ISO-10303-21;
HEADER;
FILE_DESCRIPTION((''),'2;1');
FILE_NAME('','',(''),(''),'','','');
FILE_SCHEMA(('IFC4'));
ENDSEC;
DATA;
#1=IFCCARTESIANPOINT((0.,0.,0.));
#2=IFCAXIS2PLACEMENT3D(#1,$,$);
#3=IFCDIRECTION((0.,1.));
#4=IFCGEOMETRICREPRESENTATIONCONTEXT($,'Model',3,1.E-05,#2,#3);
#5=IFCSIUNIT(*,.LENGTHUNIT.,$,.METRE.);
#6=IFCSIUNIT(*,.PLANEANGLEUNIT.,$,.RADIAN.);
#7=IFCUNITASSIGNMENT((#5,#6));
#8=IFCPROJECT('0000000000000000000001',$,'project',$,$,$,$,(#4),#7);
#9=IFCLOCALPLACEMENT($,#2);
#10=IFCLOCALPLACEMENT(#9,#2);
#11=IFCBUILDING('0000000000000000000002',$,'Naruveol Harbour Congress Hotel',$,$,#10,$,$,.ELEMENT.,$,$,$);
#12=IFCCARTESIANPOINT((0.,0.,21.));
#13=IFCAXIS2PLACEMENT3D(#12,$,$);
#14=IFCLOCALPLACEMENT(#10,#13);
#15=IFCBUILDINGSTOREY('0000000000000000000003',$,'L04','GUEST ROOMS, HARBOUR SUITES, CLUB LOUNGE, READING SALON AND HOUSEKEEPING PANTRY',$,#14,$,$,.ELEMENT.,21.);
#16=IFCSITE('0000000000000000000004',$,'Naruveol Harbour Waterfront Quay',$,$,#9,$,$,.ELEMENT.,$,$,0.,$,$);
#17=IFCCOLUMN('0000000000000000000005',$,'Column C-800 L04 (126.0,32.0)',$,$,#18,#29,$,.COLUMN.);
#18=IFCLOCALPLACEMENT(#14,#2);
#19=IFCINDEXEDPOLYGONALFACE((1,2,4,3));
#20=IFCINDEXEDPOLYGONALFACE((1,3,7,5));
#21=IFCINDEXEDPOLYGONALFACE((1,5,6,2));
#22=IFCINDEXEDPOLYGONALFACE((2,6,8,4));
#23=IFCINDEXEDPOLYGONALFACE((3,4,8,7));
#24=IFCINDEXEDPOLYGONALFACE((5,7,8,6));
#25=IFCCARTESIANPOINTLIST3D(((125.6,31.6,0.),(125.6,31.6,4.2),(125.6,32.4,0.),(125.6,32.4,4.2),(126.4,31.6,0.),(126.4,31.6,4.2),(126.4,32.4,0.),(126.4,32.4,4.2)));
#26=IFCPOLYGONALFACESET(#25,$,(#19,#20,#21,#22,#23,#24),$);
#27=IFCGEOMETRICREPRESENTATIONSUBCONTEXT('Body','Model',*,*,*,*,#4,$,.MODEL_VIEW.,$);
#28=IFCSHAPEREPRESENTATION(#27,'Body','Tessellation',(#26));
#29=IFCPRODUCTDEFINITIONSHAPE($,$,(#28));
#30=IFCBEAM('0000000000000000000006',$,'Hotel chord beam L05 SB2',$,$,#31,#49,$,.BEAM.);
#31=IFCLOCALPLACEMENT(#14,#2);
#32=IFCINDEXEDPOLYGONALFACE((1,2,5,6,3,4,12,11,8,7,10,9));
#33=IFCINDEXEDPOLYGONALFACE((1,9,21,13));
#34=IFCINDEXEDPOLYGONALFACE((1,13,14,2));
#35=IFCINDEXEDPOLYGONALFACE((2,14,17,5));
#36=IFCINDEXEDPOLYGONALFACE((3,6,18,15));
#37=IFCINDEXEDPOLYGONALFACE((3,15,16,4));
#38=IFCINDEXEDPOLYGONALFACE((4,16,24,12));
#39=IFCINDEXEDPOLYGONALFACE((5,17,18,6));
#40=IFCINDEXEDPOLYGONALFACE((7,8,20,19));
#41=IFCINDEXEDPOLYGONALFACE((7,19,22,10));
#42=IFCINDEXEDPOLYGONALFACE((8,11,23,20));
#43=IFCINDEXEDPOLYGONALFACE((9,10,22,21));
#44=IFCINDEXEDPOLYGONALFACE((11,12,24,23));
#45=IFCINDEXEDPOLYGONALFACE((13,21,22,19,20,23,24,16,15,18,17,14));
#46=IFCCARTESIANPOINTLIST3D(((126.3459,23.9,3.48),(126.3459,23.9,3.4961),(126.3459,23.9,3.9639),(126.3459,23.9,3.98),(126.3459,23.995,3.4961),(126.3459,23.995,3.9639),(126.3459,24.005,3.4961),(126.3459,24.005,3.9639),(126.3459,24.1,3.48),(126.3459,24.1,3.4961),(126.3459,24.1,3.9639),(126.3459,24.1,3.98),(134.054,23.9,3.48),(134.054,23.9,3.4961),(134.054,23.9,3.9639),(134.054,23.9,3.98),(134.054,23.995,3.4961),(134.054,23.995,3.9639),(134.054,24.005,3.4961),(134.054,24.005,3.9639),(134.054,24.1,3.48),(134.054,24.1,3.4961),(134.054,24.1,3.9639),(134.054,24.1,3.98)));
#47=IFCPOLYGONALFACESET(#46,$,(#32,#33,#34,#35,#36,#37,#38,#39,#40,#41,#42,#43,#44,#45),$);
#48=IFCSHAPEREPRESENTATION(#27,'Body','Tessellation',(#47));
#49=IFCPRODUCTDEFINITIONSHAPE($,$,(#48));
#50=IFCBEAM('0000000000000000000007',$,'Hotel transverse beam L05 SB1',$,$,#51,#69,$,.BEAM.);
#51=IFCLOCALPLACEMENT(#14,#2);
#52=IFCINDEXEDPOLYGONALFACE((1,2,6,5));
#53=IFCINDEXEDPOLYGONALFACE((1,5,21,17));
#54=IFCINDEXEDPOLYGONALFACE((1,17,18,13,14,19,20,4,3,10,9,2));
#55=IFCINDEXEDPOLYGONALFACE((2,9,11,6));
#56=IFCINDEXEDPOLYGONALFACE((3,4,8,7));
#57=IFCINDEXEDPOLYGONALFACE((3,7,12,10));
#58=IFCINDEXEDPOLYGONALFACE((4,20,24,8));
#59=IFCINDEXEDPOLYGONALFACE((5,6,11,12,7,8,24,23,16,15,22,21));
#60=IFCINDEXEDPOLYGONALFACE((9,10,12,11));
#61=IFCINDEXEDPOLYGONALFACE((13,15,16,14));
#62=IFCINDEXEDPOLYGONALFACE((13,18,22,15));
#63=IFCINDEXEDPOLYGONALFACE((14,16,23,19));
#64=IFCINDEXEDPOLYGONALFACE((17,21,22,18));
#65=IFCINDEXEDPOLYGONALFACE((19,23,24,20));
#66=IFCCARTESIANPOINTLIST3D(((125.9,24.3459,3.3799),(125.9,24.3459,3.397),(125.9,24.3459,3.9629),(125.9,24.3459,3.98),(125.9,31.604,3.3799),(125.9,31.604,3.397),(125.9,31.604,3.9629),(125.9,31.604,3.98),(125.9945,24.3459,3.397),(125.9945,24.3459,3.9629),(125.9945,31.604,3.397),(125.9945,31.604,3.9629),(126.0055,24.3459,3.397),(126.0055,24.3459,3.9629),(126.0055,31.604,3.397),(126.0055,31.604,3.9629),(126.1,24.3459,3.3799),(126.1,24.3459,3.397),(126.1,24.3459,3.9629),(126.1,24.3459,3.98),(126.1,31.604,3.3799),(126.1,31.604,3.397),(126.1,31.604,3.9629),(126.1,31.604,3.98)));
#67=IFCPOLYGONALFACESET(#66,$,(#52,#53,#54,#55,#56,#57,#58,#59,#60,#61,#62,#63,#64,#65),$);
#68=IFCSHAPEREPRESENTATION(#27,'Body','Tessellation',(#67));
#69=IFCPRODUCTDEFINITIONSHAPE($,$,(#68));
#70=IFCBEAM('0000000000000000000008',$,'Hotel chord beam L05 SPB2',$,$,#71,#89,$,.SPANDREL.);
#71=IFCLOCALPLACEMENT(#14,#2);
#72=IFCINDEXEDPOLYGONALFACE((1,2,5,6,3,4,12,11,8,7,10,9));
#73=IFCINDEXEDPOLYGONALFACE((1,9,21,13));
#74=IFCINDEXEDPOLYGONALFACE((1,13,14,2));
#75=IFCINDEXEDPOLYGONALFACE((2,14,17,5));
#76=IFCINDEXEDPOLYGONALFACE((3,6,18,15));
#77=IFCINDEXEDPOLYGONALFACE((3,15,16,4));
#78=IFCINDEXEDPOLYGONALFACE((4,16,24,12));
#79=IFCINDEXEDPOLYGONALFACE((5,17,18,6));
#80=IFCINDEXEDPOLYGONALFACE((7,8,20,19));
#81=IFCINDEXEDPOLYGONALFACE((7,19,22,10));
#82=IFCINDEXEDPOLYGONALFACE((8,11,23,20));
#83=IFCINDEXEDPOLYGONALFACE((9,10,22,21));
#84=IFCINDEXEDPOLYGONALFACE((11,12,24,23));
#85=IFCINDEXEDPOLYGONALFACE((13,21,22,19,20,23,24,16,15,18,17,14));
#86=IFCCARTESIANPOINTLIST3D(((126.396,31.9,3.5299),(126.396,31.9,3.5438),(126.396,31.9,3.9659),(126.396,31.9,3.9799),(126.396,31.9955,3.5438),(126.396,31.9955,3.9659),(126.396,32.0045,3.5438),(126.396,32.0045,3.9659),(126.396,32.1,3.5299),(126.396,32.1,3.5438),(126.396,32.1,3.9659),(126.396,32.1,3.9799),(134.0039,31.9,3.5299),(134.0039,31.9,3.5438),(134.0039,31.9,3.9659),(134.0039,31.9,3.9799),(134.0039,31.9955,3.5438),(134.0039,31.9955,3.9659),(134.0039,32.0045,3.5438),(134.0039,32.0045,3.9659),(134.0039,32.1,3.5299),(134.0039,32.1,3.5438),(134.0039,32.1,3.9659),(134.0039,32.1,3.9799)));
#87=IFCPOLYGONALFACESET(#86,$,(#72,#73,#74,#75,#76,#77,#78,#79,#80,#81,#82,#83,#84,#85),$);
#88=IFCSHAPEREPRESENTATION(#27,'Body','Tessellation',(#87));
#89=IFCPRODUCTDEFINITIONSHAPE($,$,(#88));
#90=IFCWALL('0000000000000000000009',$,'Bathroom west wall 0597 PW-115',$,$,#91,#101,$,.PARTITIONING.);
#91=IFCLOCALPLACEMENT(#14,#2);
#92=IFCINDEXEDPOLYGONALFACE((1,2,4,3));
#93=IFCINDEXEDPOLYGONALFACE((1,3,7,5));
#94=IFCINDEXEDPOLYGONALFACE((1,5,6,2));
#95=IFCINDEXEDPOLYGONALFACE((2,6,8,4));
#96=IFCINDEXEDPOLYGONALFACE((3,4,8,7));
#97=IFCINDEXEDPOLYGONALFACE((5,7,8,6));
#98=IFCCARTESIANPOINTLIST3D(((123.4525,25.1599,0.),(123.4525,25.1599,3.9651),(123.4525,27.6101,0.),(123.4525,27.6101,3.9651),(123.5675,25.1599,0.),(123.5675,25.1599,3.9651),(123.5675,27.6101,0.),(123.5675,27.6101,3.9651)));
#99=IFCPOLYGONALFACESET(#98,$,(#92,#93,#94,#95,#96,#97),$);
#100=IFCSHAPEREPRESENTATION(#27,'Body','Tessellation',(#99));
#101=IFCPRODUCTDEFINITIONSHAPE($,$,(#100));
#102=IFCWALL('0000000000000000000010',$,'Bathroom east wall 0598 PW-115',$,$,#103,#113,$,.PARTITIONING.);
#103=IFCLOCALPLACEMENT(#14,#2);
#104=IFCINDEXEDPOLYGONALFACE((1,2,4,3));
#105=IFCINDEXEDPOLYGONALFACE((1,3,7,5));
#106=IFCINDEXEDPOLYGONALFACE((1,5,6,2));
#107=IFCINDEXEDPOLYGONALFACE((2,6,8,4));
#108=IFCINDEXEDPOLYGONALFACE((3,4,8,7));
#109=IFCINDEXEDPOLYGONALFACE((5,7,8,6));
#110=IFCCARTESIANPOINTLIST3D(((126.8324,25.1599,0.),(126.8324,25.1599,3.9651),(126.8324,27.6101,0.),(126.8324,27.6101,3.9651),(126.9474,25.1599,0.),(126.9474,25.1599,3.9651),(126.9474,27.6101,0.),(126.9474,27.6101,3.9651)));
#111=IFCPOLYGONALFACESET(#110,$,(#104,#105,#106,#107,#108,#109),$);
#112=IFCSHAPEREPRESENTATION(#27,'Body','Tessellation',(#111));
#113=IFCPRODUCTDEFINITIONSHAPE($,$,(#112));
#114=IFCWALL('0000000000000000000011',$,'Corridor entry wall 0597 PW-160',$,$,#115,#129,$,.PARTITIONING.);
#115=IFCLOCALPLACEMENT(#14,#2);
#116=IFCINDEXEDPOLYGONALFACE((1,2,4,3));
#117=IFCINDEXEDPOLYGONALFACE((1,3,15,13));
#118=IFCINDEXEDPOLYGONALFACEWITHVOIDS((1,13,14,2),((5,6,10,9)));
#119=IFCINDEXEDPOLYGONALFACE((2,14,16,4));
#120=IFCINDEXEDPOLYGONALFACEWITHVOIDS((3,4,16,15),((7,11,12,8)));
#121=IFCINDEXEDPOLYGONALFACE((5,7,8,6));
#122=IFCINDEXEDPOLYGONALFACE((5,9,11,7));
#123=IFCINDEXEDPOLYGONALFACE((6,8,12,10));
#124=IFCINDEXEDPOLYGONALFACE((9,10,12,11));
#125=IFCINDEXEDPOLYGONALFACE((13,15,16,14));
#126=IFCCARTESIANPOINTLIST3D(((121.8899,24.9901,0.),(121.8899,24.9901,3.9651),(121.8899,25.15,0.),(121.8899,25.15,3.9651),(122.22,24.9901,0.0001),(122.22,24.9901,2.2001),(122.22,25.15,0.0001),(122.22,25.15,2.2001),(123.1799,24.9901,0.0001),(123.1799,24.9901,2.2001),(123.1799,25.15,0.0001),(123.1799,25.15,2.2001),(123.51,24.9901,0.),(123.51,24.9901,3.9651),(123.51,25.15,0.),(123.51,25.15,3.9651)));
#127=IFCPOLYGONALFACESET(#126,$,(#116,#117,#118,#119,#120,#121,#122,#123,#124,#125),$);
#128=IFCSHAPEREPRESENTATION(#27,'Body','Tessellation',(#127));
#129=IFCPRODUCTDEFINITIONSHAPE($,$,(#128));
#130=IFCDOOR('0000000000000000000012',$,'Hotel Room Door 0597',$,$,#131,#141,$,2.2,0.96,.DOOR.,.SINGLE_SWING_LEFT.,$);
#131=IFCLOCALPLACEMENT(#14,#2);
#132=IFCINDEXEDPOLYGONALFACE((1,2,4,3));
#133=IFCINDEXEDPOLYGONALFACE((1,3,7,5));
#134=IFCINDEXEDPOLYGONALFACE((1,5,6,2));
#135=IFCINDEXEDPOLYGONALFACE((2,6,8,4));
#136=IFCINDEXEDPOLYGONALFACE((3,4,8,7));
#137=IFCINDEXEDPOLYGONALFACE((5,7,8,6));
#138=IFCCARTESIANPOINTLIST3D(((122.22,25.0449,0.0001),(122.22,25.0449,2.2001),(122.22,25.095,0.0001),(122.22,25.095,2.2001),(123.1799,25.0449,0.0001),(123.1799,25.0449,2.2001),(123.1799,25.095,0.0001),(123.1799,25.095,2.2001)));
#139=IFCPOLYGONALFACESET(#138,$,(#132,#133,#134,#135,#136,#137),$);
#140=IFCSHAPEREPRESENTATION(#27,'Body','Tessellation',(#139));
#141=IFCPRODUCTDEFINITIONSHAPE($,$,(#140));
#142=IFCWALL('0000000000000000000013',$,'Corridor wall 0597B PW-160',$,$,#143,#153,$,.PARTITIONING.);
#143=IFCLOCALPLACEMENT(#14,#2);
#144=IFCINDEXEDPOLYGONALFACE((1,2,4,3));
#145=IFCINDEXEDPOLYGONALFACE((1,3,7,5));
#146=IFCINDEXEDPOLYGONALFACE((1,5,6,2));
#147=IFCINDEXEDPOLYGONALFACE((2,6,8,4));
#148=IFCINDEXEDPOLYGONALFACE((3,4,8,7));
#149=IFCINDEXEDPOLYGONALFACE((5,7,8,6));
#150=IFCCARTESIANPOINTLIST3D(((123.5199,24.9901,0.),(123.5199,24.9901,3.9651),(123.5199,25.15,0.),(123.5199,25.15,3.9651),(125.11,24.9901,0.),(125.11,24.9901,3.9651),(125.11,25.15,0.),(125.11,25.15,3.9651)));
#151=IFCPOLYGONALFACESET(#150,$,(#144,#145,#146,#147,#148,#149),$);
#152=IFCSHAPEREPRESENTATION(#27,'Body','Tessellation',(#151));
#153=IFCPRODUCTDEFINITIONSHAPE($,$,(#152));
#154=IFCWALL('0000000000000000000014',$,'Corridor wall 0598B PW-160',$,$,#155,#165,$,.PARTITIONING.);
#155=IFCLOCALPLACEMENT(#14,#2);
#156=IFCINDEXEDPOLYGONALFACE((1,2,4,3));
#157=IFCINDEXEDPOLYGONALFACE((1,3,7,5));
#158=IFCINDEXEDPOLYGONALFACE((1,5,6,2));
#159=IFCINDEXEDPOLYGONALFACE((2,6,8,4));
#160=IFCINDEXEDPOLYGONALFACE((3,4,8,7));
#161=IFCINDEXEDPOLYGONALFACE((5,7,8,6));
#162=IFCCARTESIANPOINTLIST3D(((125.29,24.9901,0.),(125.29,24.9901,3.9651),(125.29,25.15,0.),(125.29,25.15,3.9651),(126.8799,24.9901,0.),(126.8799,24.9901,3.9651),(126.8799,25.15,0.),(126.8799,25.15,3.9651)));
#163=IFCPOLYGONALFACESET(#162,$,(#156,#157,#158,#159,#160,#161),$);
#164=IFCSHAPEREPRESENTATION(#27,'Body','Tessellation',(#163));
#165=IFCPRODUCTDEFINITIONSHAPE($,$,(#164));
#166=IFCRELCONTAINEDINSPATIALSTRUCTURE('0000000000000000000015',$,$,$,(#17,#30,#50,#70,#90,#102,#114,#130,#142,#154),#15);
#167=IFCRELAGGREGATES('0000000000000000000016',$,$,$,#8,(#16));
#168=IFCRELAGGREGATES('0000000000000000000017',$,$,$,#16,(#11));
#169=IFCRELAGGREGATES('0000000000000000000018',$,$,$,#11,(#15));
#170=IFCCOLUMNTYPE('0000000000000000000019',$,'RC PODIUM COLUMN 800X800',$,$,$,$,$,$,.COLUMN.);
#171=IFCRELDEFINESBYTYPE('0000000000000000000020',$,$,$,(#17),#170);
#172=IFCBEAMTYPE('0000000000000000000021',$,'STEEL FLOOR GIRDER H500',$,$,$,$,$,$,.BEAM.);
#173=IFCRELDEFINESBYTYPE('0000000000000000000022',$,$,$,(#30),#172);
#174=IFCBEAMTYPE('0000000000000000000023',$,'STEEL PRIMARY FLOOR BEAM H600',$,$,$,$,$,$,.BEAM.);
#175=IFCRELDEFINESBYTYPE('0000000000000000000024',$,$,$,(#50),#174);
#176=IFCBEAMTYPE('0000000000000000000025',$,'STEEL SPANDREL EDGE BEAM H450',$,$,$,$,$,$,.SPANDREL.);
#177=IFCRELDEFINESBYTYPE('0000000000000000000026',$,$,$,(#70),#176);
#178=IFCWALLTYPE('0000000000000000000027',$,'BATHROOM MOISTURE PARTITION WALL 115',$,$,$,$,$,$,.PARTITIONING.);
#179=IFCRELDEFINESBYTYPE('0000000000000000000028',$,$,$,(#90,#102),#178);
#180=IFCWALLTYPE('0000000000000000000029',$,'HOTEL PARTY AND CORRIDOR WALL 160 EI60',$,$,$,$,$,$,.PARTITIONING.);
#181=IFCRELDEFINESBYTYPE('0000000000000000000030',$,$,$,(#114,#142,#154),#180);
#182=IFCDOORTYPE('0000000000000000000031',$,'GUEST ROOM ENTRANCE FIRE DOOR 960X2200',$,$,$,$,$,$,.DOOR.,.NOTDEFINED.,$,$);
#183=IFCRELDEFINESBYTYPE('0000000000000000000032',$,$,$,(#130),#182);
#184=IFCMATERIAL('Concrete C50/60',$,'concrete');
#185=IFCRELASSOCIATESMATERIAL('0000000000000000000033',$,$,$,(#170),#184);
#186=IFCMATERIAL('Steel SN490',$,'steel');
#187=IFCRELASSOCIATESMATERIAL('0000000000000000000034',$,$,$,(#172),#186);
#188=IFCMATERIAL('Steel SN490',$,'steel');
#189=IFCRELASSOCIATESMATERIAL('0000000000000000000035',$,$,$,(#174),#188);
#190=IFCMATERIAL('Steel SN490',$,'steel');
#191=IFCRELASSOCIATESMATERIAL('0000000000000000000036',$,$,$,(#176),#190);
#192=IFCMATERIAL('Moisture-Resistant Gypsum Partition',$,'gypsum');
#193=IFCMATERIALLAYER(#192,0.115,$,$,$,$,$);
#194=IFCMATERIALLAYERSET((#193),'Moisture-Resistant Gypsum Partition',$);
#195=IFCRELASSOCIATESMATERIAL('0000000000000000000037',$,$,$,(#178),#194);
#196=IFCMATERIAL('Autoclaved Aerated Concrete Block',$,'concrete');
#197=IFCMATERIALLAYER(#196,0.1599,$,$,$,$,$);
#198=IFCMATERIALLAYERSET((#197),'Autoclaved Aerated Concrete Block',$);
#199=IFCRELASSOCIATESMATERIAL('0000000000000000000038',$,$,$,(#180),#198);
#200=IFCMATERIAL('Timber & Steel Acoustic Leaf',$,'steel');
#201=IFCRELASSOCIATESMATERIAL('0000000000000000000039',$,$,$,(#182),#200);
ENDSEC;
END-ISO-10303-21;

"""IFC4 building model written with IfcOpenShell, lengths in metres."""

from ifc_helpers import new_model, si_unit, direction, frame, frame_2d, origin, origin_2d, place, context, subcontext, project, spatial, rectangle, i_section, extrude, material, layer, layer_set, material_profile, profile_set, type_object, element, fill, save


model = new_model("IFC4")

# Units and contexts
model_context = context("Model", 3, precision=1e-05, world=origin(), true_north=direction((0.0, 1.0)))
body_context = subcontext(model_context, "Body", "Model", "MODEL_VIEW")
ifc_project = project(units=[si_unit("LENGTHUNIT", "METRE"), si_unit("PLANEANGLEUNIT", "RADIAN")], contexts=[model_context])

# Site, building, storey
site_placement = place(None, origin())
site = spatial("IfcSite", under=ifc_project, at=site_placement, Name="Naruveol Harbour Waterfront Quay", CompositionType="ELEMENT", RefElevation=0.0)
building_placement = place(site_placement, origin())
building = spatial("IfcBuilding", under=site, at=building_placement, Name="Naruveol Harbour Congress Hotel", CompositionType="ELEMENT")
storey_placement = place(building_placement, frame((0.0, 0.0, 21.0)))
storey = spatial("IfcBuildingStorey", under=building, at=storey_placement, Name="L04", Description="GUEST ROOMS, HARBOUR SUITES, CLUB LOUNGE, READING SALON AND HOUSEKEEPING PANTRY", CompositionType="ELEMENT", Elevation=21.0)

# Column
ifc_material_1 = material(Name="Concrete C50/60", Category="concrete")
ifc_material_profile_1 = material_profile(ifc_material_1, rectangle(XDim=0.8, YDim=0.8, at=origin_2d()), Name="RC-800x800")
ifc_profile_set_1 = profile_set([ifc_material_profile_1], Name="Concrete C50/60")
column_type = type_object("IfcColumnType", Name="RC PODIUM COLUMN 800X800", PredefinedType="COLUMN", material=ifc_profile_set_1)
column_placement = place(storey_placement, frame((126.0, 32.0, 0.0), z_axis=(0.0, 0.0, 1.0), x_axis=(1.0, 0.0, 0.0)))
element("IfcColumn", 1, at=column_placement, inside=storey, type_object=column_type, Name="Column C-800 L04 (126.0,32.0)", PredefinedType="COLUMN", context=body_context, shape_type="SweptSolid", body=[
    extrude(rectangle(XDim=0.8, YDim=0.8, at=origin_2d()), origin(), (0.0, 0.0, 1.0), 4.2),
])

# Beams
ifc_material_2 = material(Name="Steel SN490", Category="steel")
ifc_material_profile_2 = material_profile(ifc_material_2, i_section(OverallWidth=0.2, OverallDepth=0.5, WebThickness=0.01, FlangeThickness=0.0161, at=origin_2d()), Name="H-500x200x10x16")
ifc_profile_set_2 = profile_set([ifc_material_profile_2], Name="Steel SN490")
beam_type_1 = type_object("IfcBeamType", Name="STEEL FLOOR GIRDER H500", PredefinedType="BEAM", material=ifc_profile_set_2)
beam_1_placement = place(storey_placement, frame((126.3459, 24.0, 3.73), z_axis=(1.0, 0.0, 0.0), x_axis=(0.0, 1.0, 0.0)))
element("IfcBeam", 2, at=beam_1_placement, inside=storey, type_object=beam_type_1, Name="Hotel chord beam L05 SB2", PredefinedType="BEAM", context=body_context, shape_type="SweptSolid", body=[
    extrude(i_section(OverallWidth=0.2, OverallDepth=0.5, WebThickness=0.01, FlangeThickness=0.0161, at=origin_2d()), origin(), (0.0, 0.0, 1.0), 7.708),
])
ifc_material_3 = material(Name="Steel SN490", Category="steel")
ifc_material_profile_3 = material_profile(ifc_material_3, i_section(OverallWidth=0.2, OverallDepth=0.6001, WebThickness=0.011, FlangeThickness=0.0171, at=origin_2d()), Name="H-600x200x11x17")
ifc_profile_set_3 = profile_set([ifc_material_profile_3], Name="Steel SN490")
beam_type_2 = type_object("IfcBeamType", Name="STEEL PRIMARY FLOOR BEAM H600", PredefinedType="BEAM", material=ifc_profile_set_3)
beam_2_placement = place(storey_placement, frame((126.0, 24.3459, 3.6799), z_axis=(0.0, 1.0, 0.0), x_axis=(-1.0, 0.0, 0.0)))
element("IfcBeam", 3, at=beam_2_placement, inside=storey, type_object=beam_type_2, Name="Hotel transverse beam L05 SB1", PredefinedType="BEAM", context=body_context, shape_type="SweptSolid", body=[
    extrude(i_section(OverallWidth=0.2, OverallDepth=0.6001, WebThickness=0.011, FlangeThickness=0.0171, at=origin_2d()), origin(), (0.0, 0.0, 1.0), 7.2581),
])
ifc_material_4 = material(Name="Steel SN490", Category="steel")
ifc_material_profile_4 = material_profile(ifc_material_4, i_section(OverallWidth=0.2, OverallDepth=0.45, WebThickness=0.009, FlangeThickness=0.0139, at=origin_2d()), Name="H-450x200x9x14")
ifc_profile_set_4 = profile_set([ifc_material_profile_4], Name="Steel SN490")
beam_type_3 = type_object("IfcBeamType", Name="STEEL SPANDREL EDGE BEAM H450", PredefinedType="SPANDREL", material=ifc_profile_set_4)
beam_3_placement = place(storey_placement, frame((126.396, 32.0, 3.7549), z_axis=(1.0, 0.0, 0.0), x_axis=(0.0, 1.0, 0.0)))
element("IfcBeam", 4, at=beam_3_placement, inside=storey, type_object=beam_type_3, Name="Hotel chord beam L05 SPB2", PredefinedType="SPANDREL", context=body_context, shape_type="SweptSolid", body=[
    extrude(i_section(OverallWidth=0.2, OverallDepth=0.45, WebThickness=0.009, FlangeThickness=0.0139, at=origin_2d()), origin(), (0.0, 0.0, 1.0), 7.6079),
])

# Wall
ifc_material_5 = material(Name="Moisture-Resistant Gypsum Partition", Category="gypsum")
ifc_layer_1 = layer(ifc_material_5, 0.115)
ifc_layer_set_1 = layer_set([ifc_layer_1], Name="Moisture-Resistant Gypsum Partition")
wall_type_1 = type_object("IfcWallType", Name="BATHROOM MOISTURE PARTITION WALL 115", PredefinedType="PARTITIONING", material=ifc_layer_set_1)
wall_1_placement = place(storey_placement, frame((123.51, 25.1599, 0.0), z_axis=(0.0, 0.0, 1.0), x_axis=(0.0, 1.0, 0.0)))
element("IfcWall", 5, at=wall_1_placement, inside=storey, type_object=wall_type_1, Name="Bathroom west wall 0597 PW-115", PredefinedType="PARTITIONING", context=body_context, shape_type="SweptSolid", body=[
    extrude(rectangle(XDim=2.4502, YDim=0.115, at=frame_2d((1.2251, 0.0))), origin(), (0.0, 0.0, 1.0), 3.9651),
])

# Wall
wall_2_placement = place(storey_placement, frame((126.8899, 25.1599, 0.0), z_axis=(0.0, 0.0, 1.0), x_axis=(0.0, 1.0, 0.0)))
element("IfcWall", 6, at=wall_2_placement, inside=storey, type_object=wall_type_1, Name="Bathroom east wall 0598 PW-115", PredefinedType="PARTITIONING", context=body_context, shape_type="SweptSolid", body=[
    extrude(rectangle(XDim=2.4502, YDim=0.115, at=frame_2d((1.2251, 0.0))), origin(), (0.0, 0.0, 1.0), 3.9651),
])

# Wall, opening, door
ifc_material_6 = material(Name="Autoclaved Aerated Concrete Block", Category="concrete")
ifc_layer_2 = layer(ifc_material_6, 0.1599)
ifc_layer_set_2 = layer_set([ifc_layer_2], Name="Autoclaved Aerated Concrete Block")
wall_type_2 = type_object("IfcWallType", Name="HOTEL PARTY AND CORRIDOR WALL 160 EI60", PredefinedType="PARTITIONING", material=ifc_layer_set_2)
wall_3_placement = place(storey_placement, frame((121.8899, 25.0701, 0.0), z_axis=(0.0, 0.0, 1.0), x_axis=(1.0, 0.0, 0.0)))
wall_3 = element("IfcWall", 7, at=wall_3_placement, inside=storey, type_object=wall_type_2, Name="Corridor entry wall 0597 PW-160", PredefinedType="PARTITIONING", context=body_context, shape_type="SweptSolid", body=[
    extrude(rectangle(XDim=1.6201, YDim=0.1599, at=frame_2d((0.8101, 0.0))), origin(), (0.0, 0.0, 1.0), 3.9651),
])
opening_1_placement = place(wall_3_placement, frame((0.3301, 0.0, 0.0)))
opening_1 = element("IfcOpeningElement", 8, at=opening_1_placement, cuts=wall_3, PredefinedType="OPENING", context=body_context, shape_type="SweptSolid", body=[
    extrude(rectangle(XDim=0.96, YDim=2.2, at=frame_2d((0.48, 1.1001))), frame((0.0, 0.0898, 0.0), z_axis=(0.0, -1.0, 0.0), x_axis=(1.0, 0.0, 0.0)), (0.0, 0.0, 1.0), 0.1799),
])
ifc_material_7 = material(Name="Timber & Steel Acoustic Leaf", Category="steel")
door_type_1 = type_object("IfcDoorType", Name="GUEST ROOM ENTRANCE FIRE DOOR 960X2200", OperationType="NOTDEFINED", PredefinedType="DOOR", material=ifc_material_7)
door_1_placement = place(opening_1_placement, origin())
door_1 = element("IfcDoor", 9, at=door_1_placement, inside=storey, type_object=door_type_1, Name="Hotel Room Door 0597", OperationType="SINGLE_SWING_LEFT", OverallHeight=2.2, OverallWidth=0.96, PredefinedType="DOOR", context=body_context, shape_type="SweptSolid", body=[
    extrude(rectangle(XDim=0.96, YDim=2.2, at=frame_2d((0.48, 1.1001))), frame((0.0, 0.0249, 0.0), z_axis=(0.0, -1.0, 0.0), x_axis=(1.0, 0.0, 0.0)), (0.0, 0.0, 1.0), 0.05),
])
fill(opening_1, door_1)

# Walls
wall_4_placement = place(storey_placement, frame((123.52, 25.0701, 0.0), z_axis=(0.0, 0.0, 1.0), x_axis=(1.0, 0.0, 0.0)))
element("IfcWall", 10, at=wall_4_placement, inside=storey, type_object=wall_type_2, Name="Corridor wall 0597B PW-160", PredefinedType="PARTITIONING", context=body_context, shape_type="SweptSolid", body=[
    extrude(rectangle(XDim=1.5901, YDim=0.1599, at=frame_2d((0.7949, 0.0))), origin(), (0.0, 0.0, 1.0), 3.9651),
])
wall_5_placement = place(storey_placement, frame((125.29, 25.0701, 0.0), z_axis=(0.0, 0.0, 1.0), x_axis=(1.0, 0.0, 0.0)))
element("IfcWall", 11, at=wall_5_placement, inside=storey, type_object=wall_type_2, Name="Corridor wall 0598B PW-160", PredefinedType="PARTITIONING", context=body_context, shape_type="SweptSolid", body=[
    extrude(rectangle(XDim=1.5898, YDim=0.1599, at=frame_2d((0.7949, 0.0))), origin(), (0.0, 0.0, 1.0), 3.9651),
])

save(model, "model.ifc")
